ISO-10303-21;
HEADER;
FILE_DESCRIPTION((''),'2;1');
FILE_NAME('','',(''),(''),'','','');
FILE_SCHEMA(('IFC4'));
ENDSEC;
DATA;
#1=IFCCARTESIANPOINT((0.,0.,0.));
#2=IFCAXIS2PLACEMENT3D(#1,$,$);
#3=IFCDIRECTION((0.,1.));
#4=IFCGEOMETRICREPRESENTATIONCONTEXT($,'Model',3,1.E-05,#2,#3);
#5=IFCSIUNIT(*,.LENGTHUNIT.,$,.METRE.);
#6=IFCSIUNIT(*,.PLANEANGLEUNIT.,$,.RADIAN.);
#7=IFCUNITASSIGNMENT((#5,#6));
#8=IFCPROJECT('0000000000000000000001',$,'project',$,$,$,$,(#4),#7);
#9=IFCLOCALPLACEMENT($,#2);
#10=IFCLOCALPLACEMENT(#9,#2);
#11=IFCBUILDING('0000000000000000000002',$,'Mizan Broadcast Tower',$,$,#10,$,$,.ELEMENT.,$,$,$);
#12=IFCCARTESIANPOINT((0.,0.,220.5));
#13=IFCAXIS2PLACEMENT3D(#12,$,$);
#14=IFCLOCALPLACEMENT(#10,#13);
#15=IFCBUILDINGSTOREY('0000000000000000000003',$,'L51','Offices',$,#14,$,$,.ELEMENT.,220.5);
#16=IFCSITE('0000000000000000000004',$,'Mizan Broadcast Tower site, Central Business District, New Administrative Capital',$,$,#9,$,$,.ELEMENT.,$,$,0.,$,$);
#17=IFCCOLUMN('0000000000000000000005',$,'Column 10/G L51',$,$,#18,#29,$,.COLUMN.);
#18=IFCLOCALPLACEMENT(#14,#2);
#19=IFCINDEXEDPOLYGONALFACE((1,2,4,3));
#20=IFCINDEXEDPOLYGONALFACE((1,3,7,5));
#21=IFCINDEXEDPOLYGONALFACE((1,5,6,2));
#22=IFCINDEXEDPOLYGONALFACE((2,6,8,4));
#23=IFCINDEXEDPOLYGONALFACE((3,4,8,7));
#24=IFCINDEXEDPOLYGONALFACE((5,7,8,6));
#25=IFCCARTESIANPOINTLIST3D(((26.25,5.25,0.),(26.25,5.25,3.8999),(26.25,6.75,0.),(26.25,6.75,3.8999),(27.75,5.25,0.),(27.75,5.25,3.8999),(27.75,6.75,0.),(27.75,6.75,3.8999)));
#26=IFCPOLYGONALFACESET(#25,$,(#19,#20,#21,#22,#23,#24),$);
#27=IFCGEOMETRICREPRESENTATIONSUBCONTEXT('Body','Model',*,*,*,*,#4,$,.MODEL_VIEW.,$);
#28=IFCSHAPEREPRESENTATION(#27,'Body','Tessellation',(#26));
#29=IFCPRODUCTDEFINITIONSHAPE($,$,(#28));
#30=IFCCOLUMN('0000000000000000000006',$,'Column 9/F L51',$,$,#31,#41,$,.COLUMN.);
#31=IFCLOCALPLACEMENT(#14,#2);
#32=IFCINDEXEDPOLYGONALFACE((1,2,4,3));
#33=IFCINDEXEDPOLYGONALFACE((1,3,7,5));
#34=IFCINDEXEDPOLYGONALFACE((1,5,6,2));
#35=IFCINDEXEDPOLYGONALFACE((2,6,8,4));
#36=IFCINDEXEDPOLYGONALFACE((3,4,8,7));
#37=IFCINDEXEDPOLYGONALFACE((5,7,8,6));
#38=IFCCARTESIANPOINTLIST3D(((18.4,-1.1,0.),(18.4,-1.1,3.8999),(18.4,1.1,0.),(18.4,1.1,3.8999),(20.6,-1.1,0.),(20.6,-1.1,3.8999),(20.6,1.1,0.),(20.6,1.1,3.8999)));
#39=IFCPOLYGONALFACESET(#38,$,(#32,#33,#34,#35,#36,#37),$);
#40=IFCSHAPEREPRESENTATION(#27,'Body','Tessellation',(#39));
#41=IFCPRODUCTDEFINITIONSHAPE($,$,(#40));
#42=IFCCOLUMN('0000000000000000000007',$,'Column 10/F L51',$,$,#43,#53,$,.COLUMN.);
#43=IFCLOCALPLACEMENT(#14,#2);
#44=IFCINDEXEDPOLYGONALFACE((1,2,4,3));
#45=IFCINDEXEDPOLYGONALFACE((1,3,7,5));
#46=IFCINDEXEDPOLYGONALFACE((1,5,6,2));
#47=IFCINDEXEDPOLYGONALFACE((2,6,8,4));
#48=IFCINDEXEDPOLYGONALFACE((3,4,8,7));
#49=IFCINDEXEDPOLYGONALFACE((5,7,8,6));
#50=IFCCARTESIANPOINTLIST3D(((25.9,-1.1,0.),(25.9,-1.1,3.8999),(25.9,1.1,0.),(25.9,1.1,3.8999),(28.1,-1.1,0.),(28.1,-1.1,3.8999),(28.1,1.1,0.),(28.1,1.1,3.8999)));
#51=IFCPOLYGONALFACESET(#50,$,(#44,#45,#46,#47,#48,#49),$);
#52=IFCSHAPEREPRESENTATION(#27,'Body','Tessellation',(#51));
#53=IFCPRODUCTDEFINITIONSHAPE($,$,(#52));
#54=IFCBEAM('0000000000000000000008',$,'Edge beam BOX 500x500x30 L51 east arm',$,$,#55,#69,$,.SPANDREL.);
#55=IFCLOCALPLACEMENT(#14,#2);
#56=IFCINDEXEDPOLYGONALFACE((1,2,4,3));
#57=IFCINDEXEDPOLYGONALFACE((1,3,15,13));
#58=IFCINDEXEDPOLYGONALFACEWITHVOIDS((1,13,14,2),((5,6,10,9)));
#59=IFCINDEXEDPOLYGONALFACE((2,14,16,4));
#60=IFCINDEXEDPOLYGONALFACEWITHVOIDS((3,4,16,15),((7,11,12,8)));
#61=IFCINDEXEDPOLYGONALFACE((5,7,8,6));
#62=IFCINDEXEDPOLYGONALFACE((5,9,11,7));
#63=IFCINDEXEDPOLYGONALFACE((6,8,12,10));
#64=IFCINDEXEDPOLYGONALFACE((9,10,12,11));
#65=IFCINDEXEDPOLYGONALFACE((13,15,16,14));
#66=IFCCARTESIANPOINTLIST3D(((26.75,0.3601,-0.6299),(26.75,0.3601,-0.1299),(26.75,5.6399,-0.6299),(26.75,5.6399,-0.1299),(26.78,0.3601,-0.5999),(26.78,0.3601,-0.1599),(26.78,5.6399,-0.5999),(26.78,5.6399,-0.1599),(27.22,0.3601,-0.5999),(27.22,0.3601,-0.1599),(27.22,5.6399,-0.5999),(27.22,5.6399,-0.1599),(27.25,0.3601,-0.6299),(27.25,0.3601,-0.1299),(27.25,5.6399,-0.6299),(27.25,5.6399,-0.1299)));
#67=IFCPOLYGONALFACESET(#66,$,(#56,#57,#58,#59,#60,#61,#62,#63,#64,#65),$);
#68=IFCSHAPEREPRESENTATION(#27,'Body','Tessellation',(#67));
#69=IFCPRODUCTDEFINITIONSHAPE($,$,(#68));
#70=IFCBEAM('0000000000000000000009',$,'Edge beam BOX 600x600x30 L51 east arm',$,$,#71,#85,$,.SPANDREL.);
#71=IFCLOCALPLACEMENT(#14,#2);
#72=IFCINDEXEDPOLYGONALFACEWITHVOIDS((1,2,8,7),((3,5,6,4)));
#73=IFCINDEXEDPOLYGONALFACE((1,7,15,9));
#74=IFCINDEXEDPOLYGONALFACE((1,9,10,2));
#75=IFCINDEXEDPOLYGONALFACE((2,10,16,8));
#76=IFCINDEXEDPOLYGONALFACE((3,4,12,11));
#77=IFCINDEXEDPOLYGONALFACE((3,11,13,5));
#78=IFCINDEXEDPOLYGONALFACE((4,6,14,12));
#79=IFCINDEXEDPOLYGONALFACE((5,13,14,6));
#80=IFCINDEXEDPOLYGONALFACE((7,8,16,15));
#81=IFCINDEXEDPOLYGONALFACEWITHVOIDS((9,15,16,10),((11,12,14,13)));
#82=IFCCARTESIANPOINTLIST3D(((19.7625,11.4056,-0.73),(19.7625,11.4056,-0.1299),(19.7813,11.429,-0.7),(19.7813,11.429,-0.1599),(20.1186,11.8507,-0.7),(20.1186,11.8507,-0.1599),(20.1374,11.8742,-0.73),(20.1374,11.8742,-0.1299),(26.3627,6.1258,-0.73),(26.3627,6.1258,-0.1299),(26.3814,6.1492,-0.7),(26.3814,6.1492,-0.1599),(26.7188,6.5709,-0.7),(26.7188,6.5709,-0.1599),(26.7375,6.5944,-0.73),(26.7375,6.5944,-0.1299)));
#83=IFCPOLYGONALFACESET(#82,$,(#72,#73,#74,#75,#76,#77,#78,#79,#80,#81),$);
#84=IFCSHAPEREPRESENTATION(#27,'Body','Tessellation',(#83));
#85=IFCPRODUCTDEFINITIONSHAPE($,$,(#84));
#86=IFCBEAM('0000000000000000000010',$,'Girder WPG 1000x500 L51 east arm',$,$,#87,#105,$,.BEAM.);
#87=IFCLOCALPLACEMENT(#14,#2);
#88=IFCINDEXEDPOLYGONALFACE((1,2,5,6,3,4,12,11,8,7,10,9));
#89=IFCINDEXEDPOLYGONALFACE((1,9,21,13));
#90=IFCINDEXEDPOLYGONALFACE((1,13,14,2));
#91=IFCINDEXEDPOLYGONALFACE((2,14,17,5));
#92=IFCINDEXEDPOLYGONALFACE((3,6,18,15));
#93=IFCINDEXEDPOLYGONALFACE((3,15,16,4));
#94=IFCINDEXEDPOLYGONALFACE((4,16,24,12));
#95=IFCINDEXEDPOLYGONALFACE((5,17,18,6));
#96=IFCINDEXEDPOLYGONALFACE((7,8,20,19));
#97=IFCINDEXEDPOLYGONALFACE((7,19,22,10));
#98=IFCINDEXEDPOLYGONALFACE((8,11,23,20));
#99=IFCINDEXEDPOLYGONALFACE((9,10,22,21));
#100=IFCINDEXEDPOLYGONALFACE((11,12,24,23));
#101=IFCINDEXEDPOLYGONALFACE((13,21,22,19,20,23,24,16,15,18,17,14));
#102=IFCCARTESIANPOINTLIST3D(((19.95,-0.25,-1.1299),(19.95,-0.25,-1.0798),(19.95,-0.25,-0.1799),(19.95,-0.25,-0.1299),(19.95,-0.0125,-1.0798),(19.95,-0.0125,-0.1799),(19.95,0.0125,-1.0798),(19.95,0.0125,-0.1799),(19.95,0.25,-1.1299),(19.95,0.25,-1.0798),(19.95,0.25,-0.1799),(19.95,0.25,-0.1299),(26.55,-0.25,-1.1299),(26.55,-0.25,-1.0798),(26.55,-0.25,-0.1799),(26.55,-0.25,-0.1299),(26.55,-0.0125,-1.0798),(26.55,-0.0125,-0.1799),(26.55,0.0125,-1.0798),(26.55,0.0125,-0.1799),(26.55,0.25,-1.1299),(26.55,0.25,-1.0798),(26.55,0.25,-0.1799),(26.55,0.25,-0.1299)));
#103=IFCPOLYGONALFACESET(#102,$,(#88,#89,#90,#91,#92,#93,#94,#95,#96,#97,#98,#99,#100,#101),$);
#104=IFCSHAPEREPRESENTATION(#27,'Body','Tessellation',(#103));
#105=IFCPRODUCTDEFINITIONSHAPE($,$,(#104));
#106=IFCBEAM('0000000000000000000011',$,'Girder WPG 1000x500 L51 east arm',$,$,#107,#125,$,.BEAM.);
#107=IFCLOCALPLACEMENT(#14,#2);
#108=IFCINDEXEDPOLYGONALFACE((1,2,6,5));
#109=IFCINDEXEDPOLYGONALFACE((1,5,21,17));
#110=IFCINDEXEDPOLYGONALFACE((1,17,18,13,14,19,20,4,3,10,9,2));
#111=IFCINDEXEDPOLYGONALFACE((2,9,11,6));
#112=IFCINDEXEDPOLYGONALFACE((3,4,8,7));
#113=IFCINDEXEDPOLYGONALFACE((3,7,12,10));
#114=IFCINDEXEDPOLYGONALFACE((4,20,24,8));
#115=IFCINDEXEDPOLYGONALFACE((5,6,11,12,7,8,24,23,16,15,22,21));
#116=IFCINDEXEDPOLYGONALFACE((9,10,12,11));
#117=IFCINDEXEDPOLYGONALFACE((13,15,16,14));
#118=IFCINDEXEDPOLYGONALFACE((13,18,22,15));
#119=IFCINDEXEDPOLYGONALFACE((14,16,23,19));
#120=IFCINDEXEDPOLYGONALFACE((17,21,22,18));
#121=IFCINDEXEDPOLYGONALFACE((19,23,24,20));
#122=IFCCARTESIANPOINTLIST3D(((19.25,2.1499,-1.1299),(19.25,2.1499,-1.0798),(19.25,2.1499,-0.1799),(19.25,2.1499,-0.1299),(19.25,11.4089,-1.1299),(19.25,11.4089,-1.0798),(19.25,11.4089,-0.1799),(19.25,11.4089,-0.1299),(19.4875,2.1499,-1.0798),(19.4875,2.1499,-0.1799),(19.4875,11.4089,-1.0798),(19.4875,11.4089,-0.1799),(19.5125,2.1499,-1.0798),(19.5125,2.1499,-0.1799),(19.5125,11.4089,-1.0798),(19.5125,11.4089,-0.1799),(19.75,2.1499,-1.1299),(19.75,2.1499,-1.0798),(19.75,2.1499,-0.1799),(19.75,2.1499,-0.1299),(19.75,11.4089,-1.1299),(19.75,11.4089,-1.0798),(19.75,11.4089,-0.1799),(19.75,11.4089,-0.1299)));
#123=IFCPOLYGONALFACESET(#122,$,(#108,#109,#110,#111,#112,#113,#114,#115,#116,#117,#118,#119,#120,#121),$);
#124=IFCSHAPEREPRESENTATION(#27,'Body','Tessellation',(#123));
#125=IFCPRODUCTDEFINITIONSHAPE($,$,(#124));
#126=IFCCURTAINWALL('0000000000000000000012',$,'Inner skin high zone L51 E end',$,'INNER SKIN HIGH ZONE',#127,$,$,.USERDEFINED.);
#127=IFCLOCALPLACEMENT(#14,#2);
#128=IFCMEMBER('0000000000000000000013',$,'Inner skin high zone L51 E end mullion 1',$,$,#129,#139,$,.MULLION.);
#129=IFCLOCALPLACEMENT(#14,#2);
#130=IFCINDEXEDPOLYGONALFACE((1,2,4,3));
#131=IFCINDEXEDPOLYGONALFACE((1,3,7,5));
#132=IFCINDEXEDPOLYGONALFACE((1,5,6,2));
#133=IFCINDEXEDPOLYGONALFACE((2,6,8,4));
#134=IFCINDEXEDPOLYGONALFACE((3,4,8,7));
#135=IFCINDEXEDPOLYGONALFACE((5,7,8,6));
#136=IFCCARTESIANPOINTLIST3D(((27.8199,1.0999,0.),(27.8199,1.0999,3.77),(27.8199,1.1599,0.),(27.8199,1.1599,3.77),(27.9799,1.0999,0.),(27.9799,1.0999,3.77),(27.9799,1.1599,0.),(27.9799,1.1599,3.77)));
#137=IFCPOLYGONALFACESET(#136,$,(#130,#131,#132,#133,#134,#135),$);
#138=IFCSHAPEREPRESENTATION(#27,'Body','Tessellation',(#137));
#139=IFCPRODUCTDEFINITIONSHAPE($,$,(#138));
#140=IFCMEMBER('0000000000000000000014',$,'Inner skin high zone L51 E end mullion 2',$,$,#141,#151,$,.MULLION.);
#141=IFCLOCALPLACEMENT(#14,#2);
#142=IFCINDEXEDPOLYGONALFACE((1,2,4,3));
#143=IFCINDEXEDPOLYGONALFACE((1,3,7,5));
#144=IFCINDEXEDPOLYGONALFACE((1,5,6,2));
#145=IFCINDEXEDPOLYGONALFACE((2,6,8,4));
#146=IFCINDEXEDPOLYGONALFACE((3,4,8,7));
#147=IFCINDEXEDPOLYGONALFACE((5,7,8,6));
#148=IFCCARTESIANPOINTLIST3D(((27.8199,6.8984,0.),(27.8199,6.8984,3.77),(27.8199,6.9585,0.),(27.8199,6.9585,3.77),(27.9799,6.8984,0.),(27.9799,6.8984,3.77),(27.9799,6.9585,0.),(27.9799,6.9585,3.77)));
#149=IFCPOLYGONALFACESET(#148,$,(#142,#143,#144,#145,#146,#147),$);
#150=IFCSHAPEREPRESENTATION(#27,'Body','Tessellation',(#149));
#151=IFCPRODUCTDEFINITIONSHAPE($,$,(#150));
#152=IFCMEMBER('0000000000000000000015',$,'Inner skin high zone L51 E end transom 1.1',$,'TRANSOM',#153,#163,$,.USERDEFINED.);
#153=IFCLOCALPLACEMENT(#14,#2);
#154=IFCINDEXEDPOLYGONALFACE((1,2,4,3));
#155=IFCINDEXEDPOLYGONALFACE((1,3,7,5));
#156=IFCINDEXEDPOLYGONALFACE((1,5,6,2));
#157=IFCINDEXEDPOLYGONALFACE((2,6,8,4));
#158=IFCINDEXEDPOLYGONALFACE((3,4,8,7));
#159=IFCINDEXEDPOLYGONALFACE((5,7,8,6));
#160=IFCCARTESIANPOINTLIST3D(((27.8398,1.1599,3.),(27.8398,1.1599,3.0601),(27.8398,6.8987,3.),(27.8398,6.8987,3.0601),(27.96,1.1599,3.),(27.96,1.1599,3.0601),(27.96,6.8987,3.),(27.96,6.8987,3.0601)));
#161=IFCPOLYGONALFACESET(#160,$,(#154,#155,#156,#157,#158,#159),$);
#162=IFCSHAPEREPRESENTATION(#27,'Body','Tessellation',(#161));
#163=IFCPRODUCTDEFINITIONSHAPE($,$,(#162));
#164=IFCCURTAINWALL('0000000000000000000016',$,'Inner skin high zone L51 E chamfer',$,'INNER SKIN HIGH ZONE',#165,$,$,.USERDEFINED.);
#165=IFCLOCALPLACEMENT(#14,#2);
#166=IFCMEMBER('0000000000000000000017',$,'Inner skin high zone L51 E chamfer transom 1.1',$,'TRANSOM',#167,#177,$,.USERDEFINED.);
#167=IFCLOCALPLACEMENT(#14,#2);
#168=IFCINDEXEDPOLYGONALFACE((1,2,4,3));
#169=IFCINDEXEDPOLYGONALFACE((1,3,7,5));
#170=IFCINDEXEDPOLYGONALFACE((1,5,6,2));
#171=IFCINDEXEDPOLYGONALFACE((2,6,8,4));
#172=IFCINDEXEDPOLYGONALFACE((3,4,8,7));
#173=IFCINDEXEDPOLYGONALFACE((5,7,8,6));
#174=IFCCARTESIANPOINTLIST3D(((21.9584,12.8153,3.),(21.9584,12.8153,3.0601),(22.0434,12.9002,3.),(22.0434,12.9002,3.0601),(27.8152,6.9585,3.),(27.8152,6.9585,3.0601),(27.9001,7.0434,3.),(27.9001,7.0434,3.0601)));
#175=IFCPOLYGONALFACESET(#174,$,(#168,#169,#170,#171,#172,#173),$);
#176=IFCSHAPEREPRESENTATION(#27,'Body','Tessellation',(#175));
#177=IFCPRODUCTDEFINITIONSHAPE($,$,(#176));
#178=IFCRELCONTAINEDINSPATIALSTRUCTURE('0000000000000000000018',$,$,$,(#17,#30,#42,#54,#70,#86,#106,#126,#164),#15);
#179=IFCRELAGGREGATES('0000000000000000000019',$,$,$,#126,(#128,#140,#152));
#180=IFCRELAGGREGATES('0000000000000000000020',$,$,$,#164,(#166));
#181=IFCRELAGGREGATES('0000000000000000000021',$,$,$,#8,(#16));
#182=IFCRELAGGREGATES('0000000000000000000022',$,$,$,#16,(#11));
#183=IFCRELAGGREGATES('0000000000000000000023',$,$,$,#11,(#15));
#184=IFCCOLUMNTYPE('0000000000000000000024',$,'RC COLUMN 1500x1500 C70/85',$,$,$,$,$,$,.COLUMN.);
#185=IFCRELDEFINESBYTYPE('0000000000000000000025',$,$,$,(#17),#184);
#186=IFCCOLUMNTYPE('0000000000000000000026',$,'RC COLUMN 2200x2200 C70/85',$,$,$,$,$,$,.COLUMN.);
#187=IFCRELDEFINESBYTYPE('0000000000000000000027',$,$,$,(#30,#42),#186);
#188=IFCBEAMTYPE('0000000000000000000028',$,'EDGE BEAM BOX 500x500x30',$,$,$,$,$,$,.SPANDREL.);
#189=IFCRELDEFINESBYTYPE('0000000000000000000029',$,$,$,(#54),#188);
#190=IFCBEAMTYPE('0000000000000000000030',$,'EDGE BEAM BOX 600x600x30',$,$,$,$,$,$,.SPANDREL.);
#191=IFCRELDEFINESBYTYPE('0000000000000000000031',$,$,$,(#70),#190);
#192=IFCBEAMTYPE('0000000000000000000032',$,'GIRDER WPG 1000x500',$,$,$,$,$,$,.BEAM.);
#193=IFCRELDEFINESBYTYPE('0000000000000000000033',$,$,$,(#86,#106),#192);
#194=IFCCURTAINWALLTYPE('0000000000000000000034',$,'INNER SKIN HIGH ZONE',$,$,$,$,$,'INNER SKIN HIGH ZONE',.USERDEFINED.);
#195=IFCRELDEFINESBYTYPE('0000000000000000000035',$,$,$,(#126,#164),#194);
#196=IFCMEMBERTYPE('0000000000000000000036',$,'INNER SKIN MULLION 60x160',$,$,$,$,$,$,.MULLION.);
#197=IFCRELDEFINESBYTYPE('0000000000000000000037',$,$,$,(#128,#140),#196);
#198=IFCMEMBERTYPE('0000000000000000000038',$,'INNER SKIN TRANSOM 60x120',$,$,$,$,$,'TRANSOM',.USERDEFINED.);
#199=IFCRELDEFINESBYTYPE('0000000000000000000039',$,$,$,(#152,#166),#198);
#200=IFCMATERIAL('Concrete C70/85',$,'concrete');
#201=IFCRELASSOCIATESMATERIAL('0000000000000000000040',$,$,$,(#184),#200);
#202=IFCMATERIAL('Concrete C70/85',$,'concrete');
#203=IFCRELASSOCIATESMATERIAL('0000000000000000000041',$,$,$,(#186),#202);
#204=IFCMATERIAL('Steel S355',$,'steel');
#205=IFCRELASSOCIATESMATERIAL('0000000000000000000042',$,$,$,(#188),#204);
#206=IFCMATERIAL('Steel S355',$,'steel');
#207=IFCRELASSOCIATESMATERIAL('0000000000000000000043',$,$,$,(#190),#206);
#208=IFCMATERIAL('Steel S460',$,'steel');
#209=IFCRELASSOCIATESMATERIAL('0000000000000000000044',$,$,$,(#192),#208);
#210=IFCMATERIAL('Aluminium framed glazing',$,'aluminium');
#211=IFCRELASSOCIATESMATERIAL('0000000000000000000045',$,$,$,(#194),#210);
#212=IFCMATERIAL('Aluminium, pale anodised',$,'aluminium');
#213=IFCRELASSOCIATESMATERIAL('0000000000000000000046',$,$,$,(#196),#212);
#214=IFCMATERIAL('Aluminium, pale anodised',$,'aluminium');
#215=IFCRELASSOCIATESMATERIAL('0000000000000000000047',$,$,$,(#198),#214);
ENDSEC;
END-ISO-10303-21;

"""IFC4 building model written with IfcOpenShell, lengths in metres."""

from ifc_helpers import new_model, si_unit, direction, frame, origin, origin_2d, place, context, subcontext, project, spatial, rectangle, hollow_rectangle, i_section, extrude, material, material_profile, profile_set, type_object, element, aggregate, save


model = new_model("IFC4")

# Units and contexts
model_context = context("Model", 3, precision=1e-05, world=origin(), true_north=direction((0.0, 1.0)))
body_context = subcontext(model_context, "Body", "Model", "MODEL_VIEW")
ifc_project = project(units=[si_unit("LENGTHUNIT", "METRE"), si_unit("PLANEANGLEUNIT", "RADIAN")], contexts=[model_context])

# Site, building, storey
site_placement = place(None, origin())
site = spatial("IfcSite", under=ifc_project, at=site_placement, Name="Mizan Broadcast Tower site, Central Business District, New Administrative Capital", CompositionType="ELEMENT", RefElevation=0.0)
building_placement = place(site_placement, origin())
building = spatial("IfcBuilding", under=site, at=building_placement, Name="Mizan Broadcast Tower", CompositionType="ELEMENT")
storey_placement = place(building_placement, frame((0.0, 0.0, 220.5)))
storey = spatial("IfcBuildingStorey", under=building, at=storey_placement, Name="L51", Description="Offices", CompositionType="ELEMENT", Elevation=220.5)

# Columns
ifc_material_1 = material(Name="Concrete C70/85", Category="concrete")
ifc_material_profile_1 = material_profile(ifc_material_1, rectangle(XDim=1.5, YDim=1.5, at=origin_2d()), Name="RC 1500x1500")
ifc_profile_set_1 = profile_set([ifc_material_profile_1], Name="Concrete C70/85")
column_type_1 = type_object("IfcColumnType", Name="RC COLUMN 1500x1500 C70/85", PredefinedType="COLUMN", material=ifc_profile_set_1)
column_placement = place(storey_placement, frame((27.0, 6.0, 0.0), z_axis=(0.0, 0.0, 1.0), x_axis=(1.0, 0.0, 0.0)))
element("IfcColumn", 1, at=column_placement, inside=storey, type_object=column_type_1, Name="Column 10/G L51", PredefinedType="COLUMN", context=body_context, shape_type="SweptSolid", body=[
    extrude(rectangle(XDim=1.5, YDim=1.5, at=origin_2d()), origin(), (0.0, 0.0, 1.0), 3.8999),
])
ifc_material_2 = material(Name="Concrete C70/85", Category="concrete")
ifc_material_profile_2 = material_profile(ifc_material_2, rectangle(XDim=2.2, YDim=2.2, at=origin_2d()), Name="RC 2200x2200")
ifc_profile_set_2 = profile_set([ifc_material_profile_2], Name="Concrete C70/85")
column_type_2 = type_object("IfcColumnType", Name="RC COLUMN 2200x2200 C70/85", PredefinedType="COLUMN", material=ifc_profile_set_2)
for number, where, z_axis, x_axis, name in (
    (2, (19.5, 0.0, 0.0), (0.0, 0.0, 1.0), (1.0, 0.0, 0.0), "Column 9/F L51"),
    (3, (27.0, 0.0, 0.0), (0.0, 0.0, 1.0), (1.0, 0.0, 0.0), "Column 10/F L51"),
):
    element("IfcColumn", number, at=place(storey_placement, frame(where, z_axis=z_axis, x_axis=x_axis)), inside=storey, type_object=column_type_2, Name=name, PredefinedType="COLUMN", context=body_context, shape_type="SweptSolid", body=[
        extrude(rectangle(XDim=2.2, YDim=2.2, at=origin_2d()), origin(), (0.0, 0.0, 1.0), 3.8999),
    ])

# Beams
ifc_material_3 = material(Name="Steel S355", Category="steel")
ifc_material_profile_3 = material_profile(ifc_material_3, hollow_rectangle(XDim=0.5, YDim=0.5, WallThickness=0.03, at=origin_2d()), Name="BOX 500x500x30")
ifc_profile_set_3 = profile_set([ifc_material_profile_3], Name="Steel S355")
beam_type_1 = type_object("IfcBeamType", Name="EDGE BEAM BOX 500x500x30", PredefinedType="SPANDREL", material=ifc_profile_set_3)
beam_1_placement = place(storey_placement, frame((27.0, 5.6399, -0.3799), z_axis=(0.0, -1.0, 0.0), x_axis=(1.0, 0.0, 0.0)))
element("IfcBeam", 4, at=beam_1_placement, inside=storey, type_object=beam_type_1, Name="Edge beam BOX 500x500x30 L51 east arm", PredefinedType="SPANDREL", context=body_context, shape_type="SweptSolid", body=[
    extrude(hollow_rectangle(XDim=0.5, YDim=0.5, WallThickness=0.03, at=origin_2d()), origin(), (0.0, 0.0, 1.0), 5.2798),
])
ifc_material_4 = material(Name="Steel S355", Category="steel")
ifc_material_profile_4 = material_profile(ifc_material_4, hollow_rectangle(XDim=0.6001, YDim=0.6001, WallThickness=0.03, at=origin_2d()), Name="BOX 600x600x30")
ifc_profile_set_4 = profile_set([ifc_material_profile_4], Name="Steel S355")
beam_type_2 = type_object("IfcBeamType", Name="EDGE BEAM BOX 600x600x30", PredefinedType="SPANDREL", material=ifc_profile_set_4)
beam_2_placement = place(storey_placement, frame((19.95, 11.6399, -0.4299), z_axis=(0.780886, -0.624674, 0.0), x_axis=(0.624674, 0.780886, 0.0)))
element("IfcBeam", 5, at=beam_2_placement, inside=storey, type_object=beam_type_2, Name="Edge beam BOX 600x600x30 L51 east arm", PredefinedType="SPANDREL", context=body_context, shape_type="SweptSolid", body=[
    extrude(hollow_rectangle(XDim=0.6001, YDim=0.6001, WallThickness=0.03, at=origin_2d()), origin(), (0.0, 0.0, 1.0), 8.4521),
])
ifc_material_5 = material(Name="Steel S460", Category="steel")
ifc_material_profile_5 = material_profile(ifc_material_5, i_section(OverallWidth=0.5, OverallDepth=1.0, WebThickness=0.0249, FlangeThickness=0.05, at=origin_2d()), Name="WPG 1000x500")
ifc_profile_set_5 = profile_set([ifc_material_profile_5], Name="Steel S460")
beam_type_3 = type_object("IfcBeamType", Name="GIRDER WPG 1000x500", PredefinedType="BEAM", material=ifc_profile_set_5)
beam_3_placement = place(storey_placement, frame((19.95, 0.0, -0.6299), z_axis=(1.0, 0.0, 0.0), x_axis=(0.0, 1.0, 0.0)))
element("IfcBeam", 6, at=beam_3_placement, inside=storey, type_object=beam_type_3, Name="Girder WPG 1000x500 L51 east arm", PredefinedType="BEAM", context=body_context, shape_type="SweptSolid", body=[
    extrude(i_section(OverallWidth=0.5, OverallDepth=1.0, WebThickness=0.0249, FlangeThickness=0.05, at=origin_2d()), origin(), (0.0, 0.0, 1.0), 6.6001),
])
beam_4_placement = place(storey_placement, frame((19.5, 11.4089, -0.6299), z_axis=(0.0, -1.0, 0.0), x_axis=(1.0, 0.0, 0.0)))
element("IfcBeam", 7, at=beam_4_placement, inside=storey, type_object=beam_type_3, Name="Girder WPG 1000x500 L51 east arm", PredefinedType="BEAM", context=body_context, shape_type="SweptSolid", body=[
    extrude(i_section(OverallWidth=0.5, OverallDepth=1.0, WebThickness=0.0249, FlangeThickness=0.05, at=origin_2d()), origin(), (0.0, 0.0, 1.0), 9.259),
])

# Curtain wall, members
ifc_material_6 = material(Name="Aluminium framed glazing", Category="aluminium")
curtain_wall_type_1 = type_object("IfcCurtainWallType", Name="INNER SKIN HIGH ZONE", ElementType="INNER SKIN HIGH ZONE", PredefinedType="USERDEFINED", material=ifc_material_6)
curtain_wall_1_placement = place(storey_placement, origin())
curtain_wall_1 = element("IfcCurtainWall", 8, at=curtain_wall_1_placement, inside=storey, type_object=curtain_wall_type_1, Name="Inner skin high zone L51 E end", ObjectType="INNER SKIN HIGH ZONE", PredefinedType="USERDEFINED")
ifc_material_7 = material(Name="Aluminium, pale anodised", Category="aluminium")
ifc_material_profile_6 = material_profile(ifc_material_7, rectangle(XDim=0.1599, YDim=0.0601, at=origin_2d()), Name="MULLION 160x60")
ifc_profile_set_6 = profile_set([ifc_material_profile_6], Name="Aluminium, pale anodised")
member_type_1 = type_object("IfcMemberType", Name="INNER SKIN MULLION 60x160", PredefinedType="MULLION", material=ifc_profile_set_6)
member_1_placement = place(storey_placement, frame((27.8999, 1.1299, 0.0), z_axis=(0.0, 0.0, 1.0), x_axis=(-1.0, 0.0, 0.0)))
member_1 = element("IfcMember", 9, at=member_1_placement, type_object=member_type_1, Name="Inner skin high zone L51 E end mullion 1", PredefinedType="MULLION", context=body_context, shape_type="SweptSolid", body=[
    extrude(rectangle(XDim=0.1599, YDim=0.0601, at=origin_2d()), origin(), (0.0, 0.0, 1.0), 3.77),
])
member_2_placement = place(storey_placement, frame((27.8999, 6.9285, 0.0), z_axis=(0.0, 0.0, 1.0), x_axis=(-1.0, 0.0, 0.0)))
member_2 = element("IfcMember", 10, at=member_2_placement, type_object=member_type_1, Name="Inner skin high zone L51 E end mullion 2", PredefinedType="MULLION", context=body_context, shape_type="SweptSolid", body=[
    extrude(rectangle(XDim=0.1599, YDim=0.0601, at=origin_2d()), origin(), (0.0, 0.0, 1.0), 3.77),
])
ifc_material_8 = material(Name="Aluminium, pale anodised", Category="aluminium")
ifc_material_profile_7 = material_profile(ifc_material_8, rectangle(XDim=0.1201, YDim=0.0601, at=origin_2d()), Name="TRANSOM 120x60")
ifc_profile_set_7 = profile_set([ifc_material_profile_7], Name="Aluminium, pale anodised")
member_type_2 = type_object("IfcMemberType", Name="INNER SKIN TRANSOM 60x120", ElementType="TRANSOM", PredefinedType="USERDEFINED", material=ifc_profile_set_7)
member_3_placement = place(storey_placement, frame((27.8999, 1.1599, 3.03), z_axis=(0.0, 1.0, 0.0), x_axis=(-1.0, 0.0, 0.0)))
member_3 = element("IfcMember", 11, at=member_3_placement, type_object=member_type_2, Name="Inner skin high zone L51 E end transom 1.1", ObjectType="TRANSOM", PredefinedType="USERDEFINED", context=body_context, shape_type="SweptSolid", body=[
    extrude(rectangle(XDim=0.1201, YDim=0.0601, at=origin_2d()), origin(), (0.0, 0.0, 1.0), 5.7388),
])

# Curtain wall, member
curtain_wall_2_placement = place(storey_placement, origin())
curtain_wall_2 = element("IfcCurtainWall", 12, at=curtain_wall_2_placement, inside=storey, type_object=curtain_wall_type_1, Name="Inner skin high zone L51 E chamfer", ObjectType="INNER SKIN HIGH ZONE", PredefinedType="USERDEFINED")
member_4_placement = place(storey_placement, frame((27.8577, 7.001, 3.03), z_axis=(-0.707107, 0.707107, 0.0), x_axis=(-0.707107, -0.707107, 0.0)))
member_4 = element("IfcMember", 13, at=member_4_placement, type_object=member_type_2, Name="Inner skin high zone L51 E chamfer transom 1.1", ObjectType="TRANSOM", PredefinedType="USERDEFINED", context=body_context, shape_type="SweptSolid", body=[
    extrude(rectangle(XDim=0.1201, YDim=0.0601, at=origin_2d()), origin(), (0.0, 0.0, 1.0), 8.2827),
])

aggregate(curtain_wall_1, [member_1, member_2, member_3])
aggregate(curtain_wall_2, [member_4])

save(model, "model.ifc")
